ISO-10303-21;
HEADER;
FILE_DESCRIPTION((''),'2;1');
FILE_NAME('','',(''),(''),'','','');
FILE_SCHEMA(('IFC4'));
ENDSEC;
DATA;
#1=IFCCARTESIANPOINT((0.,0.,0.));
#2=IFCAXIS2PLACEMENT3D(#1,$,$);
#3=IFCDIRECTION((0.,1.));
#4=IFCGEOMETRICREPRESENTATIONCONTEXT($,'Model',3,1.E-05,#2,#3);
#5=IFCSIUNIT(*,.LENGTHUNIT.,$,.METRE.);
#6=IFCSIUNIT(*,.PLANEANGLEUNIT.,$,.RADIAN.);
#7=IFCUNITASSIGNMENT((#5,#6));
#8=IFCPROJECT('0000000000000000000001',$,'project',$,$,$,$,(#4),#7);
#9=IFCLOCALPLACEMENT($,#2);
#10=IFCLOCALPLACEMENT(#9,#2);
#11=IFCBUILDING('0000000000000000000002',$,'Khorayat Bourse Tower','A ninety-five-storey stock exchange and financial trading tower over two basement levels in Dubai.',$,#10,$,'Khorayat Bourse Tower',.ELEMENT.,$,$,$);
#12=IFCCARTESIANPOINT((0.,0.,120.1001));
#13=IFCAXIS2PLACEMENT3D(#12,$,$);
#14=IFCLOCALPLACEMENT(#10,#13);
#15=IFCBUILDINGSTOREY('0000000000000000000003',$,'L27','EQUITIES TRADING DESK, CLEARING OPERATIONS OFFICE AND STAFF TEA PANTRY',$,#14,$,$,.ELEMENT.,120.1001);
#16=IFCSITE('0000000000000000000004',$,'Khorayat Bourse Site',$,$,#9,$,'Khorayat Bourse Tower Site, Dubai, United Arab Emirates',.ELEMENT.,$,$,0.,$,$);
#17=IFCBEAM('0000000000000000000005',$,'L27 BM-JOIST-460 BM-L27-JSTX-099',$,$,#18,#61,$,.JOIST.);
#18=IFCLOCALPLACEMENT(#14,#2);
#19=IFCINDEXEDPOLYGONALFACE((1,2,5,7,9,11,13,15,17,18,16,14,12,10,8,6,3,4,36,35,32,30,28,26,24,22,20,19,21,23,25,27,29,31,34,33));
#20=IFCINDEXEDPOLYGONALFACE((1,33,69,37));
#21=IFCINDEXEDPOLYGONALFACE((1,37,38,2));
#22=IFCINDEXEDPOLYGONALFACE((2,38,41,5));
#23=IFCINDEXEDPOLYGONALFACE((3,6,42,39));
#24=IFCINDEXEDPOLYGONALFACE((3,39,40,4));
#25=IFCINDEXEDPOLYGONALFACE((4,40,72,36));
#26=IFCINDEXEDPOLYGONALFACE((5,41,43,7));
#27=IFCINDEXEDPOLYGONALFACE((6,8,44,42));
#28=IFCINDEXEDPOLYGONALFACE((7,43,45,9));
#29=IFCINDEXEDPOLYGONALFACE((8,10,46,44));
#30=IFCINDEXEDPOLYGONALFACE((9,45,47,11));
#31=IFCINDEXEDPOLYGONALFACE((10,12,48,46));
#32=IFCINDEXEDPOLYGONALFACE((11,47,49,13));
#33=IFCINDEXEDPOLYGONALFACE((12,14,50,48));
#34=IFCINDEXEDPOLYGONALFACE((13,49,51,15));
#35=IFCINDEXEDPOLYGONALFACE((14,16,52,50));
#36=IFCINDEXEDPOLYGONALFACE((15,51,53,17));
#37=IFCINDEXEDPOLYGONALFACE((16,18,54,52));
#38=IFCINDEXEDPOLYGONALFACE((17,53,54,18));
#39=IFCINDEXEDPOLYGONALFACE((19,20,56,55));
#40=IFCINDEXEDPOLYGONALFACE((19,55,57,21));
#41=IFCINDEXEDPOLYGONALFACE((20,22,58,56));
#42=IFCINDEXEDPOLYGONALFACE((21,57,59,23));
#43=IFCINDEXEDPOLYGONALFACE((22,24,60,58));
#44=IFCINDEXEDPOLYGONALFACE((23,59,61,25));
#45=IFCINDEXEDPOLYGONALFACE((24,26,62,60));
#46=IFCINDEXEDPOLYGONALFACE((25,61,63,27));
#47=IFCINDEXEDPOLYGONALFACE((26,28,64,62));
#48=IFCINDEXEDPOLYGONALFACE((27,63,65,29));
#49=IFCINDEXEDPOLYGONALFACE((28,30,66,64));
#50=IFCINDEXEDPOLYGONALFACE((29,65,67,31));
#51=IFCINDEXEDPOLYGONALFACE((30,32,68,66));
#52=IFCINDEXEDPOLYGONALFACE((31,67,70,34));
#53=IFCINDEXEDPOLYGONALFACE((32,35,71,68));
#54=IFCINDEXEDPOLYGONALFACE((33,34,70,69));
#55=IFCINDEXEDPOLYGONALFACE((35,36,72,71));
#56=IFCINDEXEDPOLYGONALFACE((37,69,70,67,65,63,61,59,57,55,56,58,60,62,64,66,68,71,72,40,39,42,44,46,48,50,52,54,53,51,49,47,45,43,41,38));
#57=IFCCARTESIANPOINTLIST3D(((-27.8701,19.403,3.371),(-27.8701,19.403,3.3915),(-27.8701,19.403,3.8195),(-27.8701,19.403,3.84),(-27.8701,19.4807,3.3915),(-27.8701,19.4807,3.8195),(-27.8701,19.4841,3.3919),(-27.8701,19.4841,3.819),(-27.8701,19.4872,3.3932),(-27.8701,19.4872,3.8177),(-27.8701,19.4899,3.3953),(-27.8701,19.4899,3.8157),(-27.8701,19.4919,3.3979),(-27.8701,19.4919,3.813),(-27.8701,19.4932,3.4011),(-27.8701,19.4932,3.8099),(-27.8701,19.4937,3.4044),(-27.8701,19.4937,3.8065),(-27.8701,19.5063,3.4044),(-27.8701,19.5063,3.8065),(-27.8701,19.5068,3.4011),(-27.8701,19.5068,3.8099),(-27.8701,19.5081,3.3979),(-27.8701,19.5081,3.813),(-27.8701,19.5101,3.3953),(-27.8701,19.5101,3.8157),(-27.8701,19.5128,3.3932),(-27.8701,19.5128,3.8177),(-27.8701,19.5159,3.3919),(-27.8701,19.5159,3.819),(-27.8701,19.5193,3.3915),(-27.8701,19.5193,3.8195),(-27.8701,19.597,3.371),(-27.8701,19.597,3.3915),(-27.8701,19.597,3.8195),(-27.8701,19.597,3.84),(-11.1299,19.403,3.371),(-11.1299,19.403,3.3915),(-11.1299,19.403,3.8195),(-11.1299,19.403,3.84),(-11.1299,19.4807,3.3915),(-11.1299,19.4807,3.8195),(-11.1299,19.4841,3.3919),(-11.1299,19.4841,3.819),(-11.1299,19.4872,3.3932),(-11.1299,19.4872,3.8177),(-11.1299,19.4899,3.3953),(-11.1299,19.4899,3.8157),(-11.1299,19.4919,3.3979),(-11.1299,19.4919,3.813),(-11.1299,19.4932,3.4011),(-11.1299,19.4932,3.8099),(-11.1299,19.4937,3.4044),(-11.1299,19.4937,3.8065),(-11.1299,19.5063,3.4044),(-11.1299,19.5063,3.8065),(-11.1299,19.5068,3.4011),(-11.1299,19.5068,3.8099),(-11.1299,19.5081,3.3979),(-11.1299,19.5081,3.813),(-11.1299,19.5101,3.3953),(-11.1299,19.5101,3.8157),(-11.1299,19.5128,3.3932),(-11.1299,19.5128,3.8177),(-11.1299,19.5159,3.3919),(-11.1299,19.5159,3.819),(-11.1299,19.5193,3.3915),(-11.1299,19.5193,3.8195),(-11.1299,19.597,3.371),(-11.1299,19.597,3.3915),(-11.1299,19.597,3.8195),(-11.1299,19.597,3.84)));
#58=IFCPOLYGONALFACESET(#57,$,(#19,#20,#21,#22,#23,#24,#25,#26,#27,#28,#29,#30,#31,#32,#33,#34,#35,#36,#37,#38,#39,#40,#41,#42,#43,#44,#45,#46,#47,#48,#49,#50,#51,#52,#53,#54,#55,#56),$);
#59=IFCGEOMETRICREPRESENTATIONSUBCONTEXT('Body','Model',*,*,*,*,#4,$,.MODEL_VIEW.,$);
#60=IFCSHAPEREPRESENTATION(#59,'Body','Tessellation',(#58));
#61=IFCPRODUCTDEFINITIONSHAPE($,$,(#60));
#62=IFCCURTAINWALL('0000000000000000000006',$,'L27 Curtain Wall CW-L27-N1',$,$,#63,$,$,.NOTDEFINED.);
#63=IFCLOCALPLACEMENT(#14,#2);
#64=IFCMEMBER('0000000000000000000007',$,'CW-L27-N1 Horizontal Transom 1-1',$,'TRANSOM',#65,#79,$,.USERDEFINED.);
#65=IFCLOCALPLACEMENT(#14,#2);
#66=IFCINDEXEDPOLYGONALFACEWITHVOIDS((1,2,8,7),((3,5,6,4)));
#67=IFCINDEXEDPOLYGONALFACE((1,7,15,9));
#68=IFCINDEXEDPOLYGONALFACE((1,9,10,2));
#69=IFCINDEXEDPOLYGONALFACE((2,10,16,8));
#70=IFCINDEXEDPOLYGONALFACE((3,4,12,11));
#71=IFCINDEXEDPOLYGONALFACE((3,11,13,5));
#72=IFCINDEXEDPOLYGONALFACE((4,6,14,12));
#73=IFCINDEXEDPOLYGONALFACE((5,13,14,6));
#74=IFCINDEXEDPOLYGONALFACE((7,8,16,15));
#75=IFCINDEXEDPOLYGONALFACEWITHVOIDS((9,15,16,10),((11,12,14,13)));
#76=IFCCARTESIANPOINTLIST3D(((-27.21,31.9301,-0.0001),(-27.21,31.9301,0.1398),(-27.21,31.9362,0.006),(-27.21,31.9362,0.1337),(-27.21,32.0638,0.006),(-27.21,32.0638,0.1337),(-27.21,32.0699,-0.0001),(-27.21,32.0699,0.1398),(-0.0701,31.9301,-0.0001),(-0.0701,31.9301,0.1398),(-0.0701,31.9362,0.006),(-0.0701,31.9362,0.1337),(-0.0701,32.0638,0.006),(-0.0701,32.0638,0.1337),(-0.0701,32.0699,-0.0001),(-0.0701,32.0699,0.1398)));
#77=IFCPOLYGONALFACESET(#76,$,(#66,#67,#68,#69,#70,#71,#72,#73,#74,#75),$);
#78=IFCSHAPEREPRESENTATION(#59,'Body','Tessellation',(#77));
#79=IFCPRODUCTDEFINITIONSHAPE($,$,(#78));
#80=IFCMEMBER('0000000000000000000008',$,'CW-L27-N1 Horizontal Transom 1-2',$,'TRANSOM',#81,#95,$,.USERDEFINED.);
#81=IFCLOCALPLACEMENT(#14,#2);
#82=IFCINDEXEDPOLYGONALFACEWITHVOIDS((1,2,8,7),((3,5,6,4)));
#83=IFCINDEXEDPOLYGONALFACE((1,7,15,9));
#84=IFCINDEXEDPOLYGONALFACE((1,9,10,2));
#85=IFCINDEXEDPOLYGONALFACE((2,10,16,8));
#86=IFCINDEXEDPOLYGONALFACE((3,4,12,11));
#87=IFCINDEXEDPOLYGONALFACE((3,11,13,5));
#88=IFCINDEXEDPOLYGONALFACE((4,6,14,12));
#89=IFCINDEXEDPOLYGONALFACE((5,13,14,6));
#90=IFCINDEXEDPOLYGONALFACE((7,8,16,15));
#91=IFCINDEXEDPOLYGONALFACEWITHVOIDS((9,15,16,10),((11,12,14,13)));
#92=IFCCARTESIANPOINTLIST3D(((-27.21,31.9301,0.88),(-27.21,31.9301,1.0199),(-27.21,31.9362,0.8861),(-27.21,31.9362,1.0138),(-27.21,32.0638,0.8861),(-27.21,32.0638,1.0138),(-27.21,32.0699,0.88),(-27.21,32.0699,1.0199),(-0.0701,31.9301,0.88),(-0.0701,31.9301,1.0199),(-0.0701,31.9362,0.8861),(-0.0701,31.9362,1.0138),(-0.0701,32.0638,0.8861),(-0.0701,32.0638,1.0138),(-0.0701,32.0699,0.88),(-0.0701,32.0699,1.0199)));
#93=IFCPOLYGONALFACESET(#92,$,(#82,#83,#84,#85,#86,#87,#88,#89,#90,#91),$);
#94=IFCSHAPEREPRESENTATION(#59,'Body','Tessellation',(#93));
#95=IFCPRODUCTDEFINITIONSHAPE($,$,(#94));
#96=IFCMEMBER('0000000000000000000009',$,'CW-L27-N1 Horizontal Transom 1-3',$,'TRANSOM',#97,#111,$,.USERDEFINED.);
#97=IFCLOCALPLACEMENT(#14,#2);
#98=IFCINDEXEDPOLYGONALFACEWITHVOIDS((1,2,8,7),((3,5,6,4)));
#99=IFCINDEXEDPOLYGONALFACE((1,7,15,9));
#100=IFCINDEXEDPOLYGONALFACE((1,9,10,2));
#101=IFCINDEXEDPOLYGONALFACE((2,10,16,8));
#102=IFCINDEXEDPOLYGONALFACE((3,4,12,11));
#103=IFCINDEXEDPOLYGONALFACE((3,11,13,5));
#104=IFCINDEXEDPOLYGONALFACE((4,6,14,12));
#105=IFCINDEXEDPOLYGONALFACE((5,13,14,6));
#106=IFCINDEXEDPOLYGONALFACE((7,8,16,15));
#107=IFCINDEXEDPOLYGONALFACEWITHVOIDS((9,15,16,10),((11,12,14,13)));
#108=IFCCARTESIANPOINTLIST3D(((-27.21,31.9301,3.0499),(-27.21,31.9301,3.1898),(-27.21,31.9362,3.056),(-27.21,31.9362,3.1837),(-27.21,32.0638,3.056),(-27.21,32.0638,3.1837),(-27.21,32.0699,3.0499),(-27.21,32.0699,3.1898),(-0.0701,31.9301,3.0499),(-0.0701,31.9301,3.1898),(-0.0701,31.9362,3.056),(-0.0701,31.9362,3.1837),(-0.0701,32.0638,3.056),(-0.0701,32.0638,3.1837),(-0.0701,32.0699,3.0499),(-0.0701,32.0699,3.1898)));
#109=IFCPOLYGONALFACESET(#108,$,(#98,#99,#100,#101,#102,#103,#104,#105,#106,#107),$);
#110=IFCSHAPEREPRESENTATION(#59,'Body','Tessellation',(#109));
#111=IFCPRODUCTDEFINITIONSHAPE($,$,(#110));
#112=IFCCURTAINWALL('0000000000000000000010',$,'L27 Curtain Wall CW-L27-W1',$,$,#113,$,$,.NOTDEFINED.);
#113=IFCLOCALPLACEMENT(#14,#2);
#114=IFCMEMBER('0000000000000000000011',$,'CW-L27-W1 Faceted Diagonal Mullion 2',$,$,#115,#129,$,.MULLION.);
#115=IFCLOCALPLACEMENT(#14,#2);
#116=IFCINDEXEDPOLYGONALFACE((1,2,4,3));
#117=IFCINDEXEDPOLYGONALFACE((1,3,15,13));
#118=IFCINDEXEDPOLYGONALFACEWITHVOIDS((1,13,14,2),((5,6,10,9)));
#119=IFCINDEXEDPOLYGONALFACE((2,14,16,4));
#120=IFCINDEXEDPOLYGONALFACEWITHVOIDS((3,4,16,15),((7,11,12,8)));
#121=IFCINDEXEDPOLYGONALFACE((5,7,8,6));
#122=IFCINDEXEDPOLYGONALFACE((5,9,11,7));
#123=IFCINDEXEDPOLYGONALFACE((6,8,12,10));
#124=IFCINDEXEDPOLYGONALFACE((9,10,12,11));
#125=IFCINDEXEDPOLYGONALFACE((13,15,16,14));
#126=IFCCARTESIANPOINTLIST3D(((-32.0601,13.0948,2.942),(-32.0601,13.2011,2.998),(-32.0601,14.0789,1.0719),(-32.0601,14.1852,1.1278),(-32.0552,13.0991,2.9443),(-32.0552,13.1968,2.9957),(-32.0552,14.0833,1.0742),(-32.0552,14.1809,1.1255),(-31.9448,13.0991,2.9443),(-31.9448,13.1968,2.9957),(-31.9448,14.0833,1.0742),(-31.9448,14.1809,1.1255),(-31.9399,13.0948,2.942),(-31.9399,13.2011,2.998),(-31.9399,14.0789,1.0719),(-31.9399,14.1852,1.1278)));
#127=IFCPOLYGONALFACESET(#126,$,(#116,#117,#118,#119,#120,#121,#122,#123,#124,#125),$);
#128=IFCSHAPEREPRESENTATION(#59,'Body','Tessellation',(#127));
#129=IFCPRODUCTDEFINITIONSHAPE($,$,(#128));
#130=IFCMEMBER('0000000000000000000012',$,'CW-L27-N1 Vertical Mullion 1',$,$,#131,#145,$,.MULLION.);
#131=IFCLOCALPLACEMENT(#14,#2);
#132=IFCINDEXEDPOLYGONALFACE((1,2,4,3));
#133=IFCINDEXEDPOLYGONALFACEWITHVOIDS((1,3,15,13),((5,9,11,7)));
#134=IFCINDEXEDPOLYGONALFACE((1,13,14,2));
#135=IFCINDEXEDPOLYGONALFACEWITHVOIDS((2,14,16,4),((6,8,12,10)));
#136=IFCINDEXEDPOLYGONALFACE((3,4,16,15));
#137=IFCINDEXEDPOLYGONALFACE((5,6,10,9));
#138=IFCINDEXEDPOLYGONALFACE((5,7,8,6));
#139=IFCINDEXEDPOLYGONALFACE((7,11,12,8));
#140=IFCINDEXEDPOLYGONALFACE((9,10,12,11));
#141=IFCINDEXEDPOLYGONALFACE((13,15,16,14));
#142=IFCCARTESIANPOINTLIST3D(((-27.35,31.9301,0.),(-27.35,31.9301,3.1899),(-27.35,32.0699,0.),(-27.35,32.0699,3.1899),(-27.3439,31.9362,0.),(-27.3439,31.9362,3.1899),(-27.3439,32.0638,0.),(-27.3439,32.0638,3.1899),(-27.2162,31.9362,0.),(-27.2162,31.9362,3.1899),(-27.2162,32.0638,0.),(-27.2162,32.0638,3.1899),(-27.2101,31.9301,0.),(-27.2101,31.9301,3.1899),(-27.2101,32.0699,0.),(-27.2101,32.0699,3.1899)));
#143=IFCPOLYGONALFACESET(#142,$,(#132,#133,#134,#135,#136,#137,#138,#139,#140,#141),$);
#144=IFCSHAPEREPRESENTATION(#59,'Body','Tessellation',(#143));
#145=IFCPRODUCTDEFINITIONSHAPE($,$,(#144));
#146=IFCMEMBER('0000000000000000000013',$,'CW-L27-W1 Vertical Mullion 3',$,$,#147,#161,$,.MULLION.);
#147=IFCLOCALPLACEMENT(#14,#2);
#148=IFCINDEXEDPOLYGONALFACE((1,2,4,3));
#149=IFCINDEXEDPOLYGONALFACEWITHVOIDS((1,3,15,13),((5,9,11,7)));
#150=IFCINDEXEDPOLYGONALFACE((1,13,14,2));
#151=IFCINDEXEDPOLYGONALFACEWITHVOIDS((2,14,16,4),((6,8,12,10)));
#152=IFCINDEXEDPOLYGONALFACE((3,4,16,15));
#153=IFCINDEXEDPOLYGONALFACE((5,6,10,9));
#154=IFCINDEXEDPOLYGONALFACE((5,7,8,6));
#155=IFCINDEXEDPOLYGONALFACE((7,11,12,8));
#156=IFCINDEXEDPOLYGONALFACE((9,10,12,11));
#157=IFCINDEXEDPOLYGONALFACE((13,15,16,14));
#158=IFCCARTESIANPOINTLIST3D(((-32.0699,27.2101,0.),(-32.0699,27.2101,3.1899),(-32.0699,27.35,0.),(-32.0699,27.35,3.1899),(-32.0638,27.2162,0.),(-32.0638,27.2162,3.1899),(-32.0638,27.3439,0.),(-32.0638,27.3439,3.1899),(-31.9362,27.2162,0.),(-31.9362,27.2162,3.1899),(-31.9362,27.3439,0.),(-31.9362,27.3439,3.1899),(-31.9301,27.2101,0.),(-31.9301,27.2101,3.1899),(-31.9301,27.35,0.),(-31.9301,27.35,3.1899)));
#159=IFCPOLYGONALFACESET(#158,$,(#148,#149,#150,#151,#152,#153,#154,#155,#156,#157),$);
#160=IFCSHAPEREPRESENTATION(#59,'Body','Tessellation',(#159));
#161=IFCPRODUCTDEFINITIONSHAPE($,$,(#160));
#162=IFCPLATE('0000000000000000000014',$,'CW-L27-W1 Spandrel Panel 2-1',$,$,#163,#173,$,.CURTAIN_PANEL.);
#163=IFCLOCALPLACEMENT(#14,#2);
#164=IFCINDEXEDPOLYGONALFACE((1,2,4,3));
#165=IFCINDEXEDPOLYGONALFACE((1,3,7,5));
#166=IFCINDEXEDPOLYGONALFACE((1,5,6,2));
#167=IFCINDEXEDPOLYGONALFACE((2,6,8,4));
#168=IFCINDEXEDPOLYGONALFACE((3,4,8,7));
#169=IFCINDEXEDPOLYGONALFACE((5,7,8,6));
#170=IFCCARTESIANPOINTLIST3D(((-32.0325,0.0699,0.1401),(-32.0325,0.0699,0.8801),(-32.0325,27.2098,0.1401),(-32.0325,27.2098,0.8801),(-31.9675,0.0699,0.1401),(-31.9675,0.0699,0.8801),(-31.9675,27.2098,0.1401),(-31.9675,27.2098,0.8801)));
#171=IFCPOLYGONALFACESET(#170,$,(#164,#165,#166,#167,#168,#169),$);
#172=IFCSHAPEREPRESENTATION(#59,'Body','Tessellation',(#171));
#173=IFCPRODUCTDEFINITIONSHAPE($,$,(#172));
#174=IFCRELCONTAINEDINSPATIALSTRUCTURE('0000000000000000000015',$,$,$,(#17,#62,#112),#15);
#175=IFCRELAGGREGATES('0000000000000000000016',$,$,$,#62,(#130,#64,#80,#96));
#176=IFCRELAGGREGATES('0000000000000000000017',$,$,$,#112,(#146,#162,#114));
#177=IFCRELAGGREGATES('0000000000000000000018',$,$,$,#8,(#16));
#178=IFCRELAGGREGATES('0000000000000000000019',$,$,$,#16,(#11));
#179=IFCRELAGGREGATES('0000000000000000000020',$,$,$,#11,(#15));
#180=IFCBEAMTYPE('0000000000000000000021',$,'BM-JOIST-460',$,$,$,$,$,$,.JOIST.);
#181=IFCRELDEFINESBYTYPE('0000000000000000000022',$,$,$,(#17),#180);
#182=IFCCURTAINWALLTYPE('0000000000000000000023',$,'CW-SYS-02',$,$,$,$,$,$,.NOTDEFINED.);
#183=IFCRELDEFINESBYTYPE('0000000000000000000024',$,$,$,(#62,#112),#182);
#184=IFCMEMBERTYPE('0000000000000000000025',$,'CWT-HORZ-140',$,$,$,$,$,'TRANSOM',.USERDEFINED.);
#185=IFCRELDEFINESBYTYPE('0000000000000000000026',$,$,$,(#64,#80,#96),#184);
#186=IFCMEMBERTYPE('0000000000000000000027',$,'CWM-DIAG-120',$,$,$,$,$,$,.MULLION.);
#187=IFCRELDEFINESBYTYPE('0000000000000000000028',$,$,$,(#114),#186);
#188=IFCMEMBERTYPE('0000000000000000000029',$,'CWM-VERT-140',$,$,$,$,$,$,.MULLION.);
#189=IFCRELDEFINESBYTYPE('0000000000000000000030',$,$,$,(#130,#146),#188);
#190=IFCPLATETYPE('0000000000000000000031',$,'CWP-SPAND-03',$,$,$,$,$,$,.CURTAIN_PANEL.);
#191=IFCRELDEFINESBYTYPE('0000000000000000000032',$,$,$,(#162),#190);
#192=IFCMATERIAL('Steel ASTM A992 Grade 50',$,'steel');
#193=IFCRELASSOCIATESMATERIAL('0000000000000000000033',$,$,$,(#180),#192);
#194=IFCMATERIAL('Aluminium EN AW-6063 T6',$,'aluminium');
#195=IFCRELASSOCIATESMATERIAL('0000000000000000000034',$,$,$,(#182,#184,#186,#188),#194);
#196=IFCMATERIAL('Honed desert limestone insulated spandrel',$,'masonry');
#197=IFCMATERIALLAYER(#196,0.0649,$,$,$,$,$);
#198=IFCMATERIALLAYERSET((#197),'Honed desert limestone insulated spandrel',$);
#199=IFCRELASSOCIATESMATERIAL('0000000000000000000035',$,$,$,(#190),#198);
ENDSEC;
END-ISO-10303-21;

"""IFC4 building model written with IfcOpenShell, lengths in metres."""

from ifc_helpers import new_model, si_unit, direction, frame, origin, origin_2d, place, context, subcontext, project, spatial, rectangle, hollow_rectangle, i_section, extrude, source, transform, mapped, material, layer, layer_set, material_profile, profile_set, type_object, element, aggregate, save


model = new_model("IFC4")

# Units and contexts
model_context = context("Model", 3, precision=1e-05, world=origin(), true_north=direction((0.0, 1.0)))
body_context = subcontext(model_context, "Body", "Model", "MODEL_VIEW")
ifc_project = project(units=[si_unit("LENGTHUNIT", "METRE"), si_unit("PLANEANGLEUNIT", "RADIAN")], contexts=[model_context])

# Site, building, storey
site_placement = place(None, origin())
site = spatial("IfcSite", under=ifc_project, at=site_placement, Name="Khorayat Bourse Site", LongName="Khorayat Bourse Tower Site, Dubai, United Arab Emirates", CompositionType="ELEMENT", RefElevation=0.0)
building_placement = place(site_placement, origin())
building = spatial("IfcBuilding", under=site, at=building_placement, Name="Khorayat Bourse Tower", Description="A ninety-five-storey stock exchange and financial trading tower over two basement levels in Dubai.", LongName="Khorayat Bourse Tower", CompositionType="ELEMENT")
storey_placement = place(building_placement, frame((0.0, 0.0, 120.1001)))
storey = spatial("IfcBuildingStorey", under=building, at=storey_placement, Name="L27", Description="EQUITIES TRADING DESK, CLEARING OPERATIONS OFFICE AND STAFF TEA PANTRY", CompositionType="ELEMENT", Elevation=120.1001)

# Beam
ifc_material_1 = material(Name="Steel ASTM A992 Grade 50", Category="steel")
ifc_material_profile_1 = material_profile(ifc_material_1, i_section(OverallWidth=0.1941, OverallDepth=0.469, WebThickness=0.0127, FlangeThickness=0.0205, FilletRadius=0.0129, at=origin_2d()), Name="W460X106")
ifc_profile_set_1 = profile_set([ifc_material_profile_1], Name="Steel ASTM A992 Grade 50")
beam_type_1 = type_object("IfcBeamType", Name="BM-JOIST-460", PredefinedType="JOIST", material=ifc_profile_set_1)
shared_shape_1 = source(origin(), body_context, "Body", "SweptSolid", [
    extrude(i_section(OverallWidth=0.1941, OverallDepth=0.469, WebThickness=0.0127, FlangeThickness=0.0205, FilletRadius=0.0129, at=origin_2d()), origin(), (0.0, 0.0, 1.0), 16.7402),
])
beam_1_placement = place(storey_placement, frame((-27.8701, 19.5, 3.6055), z_axis=(1.0, 0.0, 0.0), x_axis=(0.0, 1.0, 0.0)))
element("IfcBeam", 1, at=beam_1_placement, inside=storey, type_object=beam_type_1, Name="L27 BM-JOIST-460 BM-L27-JSTX-099", PredefinedType="JOIST", context=body_context, shape_type="MappedRepresentation", body=[
    mapped(shared_shape_1, transform((0.0, 0.0, 0.0), scale=1.0)),
])

# Curtain wall, members
ifc_material_2 = material(Name="Aluminium EN AW-6063 T6", Category="aluminium")
curtain_wall_type = type_object("IfcCurtainWallType", Name="CW-SYS-02", PredefinedType="NOTDEFINED", material=ifc_material_2)
curtain_wall_1_placement = place(storey_placement, origin())
curtain_wall_1 = element("IfcCurtainWall", 2, at=curtain_wall_1_placement, inside=storey, type_object=curtain_wall_type, Name="L27 Curtain Wall CW-L27-N1", PredefinedType="NOTDEFINED")
ifc_material_profile_2 = material_profile(ifc_material_2, hollow_rectangle(XDim=0.1399, YDim=0.1399, WallThickness=0.0061, at=origin_2d()), Name="ALU 140x140x6")
ifc_profile_set_2 = profile_set([ifc_material_profile_2], Name="Aluminium EN AW-6063 T6")
member_type_1 = type_object("IfcMemberType", Name="CWT-HORZ-140", ElementType="TRANSOM", PredefinedType="USERDEFINED", material=ifc_profile_set_2)
shared_shape_2 = source(origin(), body_context, "Body", "SweptSolid", [
    extrude(hollow_rectangle(XDim=0.1399, YDim=0.1399, WallThickness=0.0061, at=origin_2d()), origin(), (0.0, 0.0, 1.0), 27.1399),
])
member_1_placement = place(storey_placement, frame((-27.21, 32.0, 0.0698), z_axis=(1.0, 0.0, 0.0), x_axis=(0.0, 1.0, 0.0)))
member_1 = element("IfcMember", 3, at=member_1_placement, type_object=member_type_1, Name="CW-L27-N1 Horizontal Transom 1-1", ObjectType="TRANSOM", PredefinedType="USERDEFINED", context=body_context, shape_type="MappedRepresentation", body=[
    mapped(shared_shape_2, transform((0.0, 0.0, 0.0), scale=1.0)),
])
member_2_placement = place(storey_placement, frame((-27.21, 32.0, 0.95), z_axis=(1.0, 0.0, 0.0), x_axis=(0.0, 1.0, 0.0)))
member_2 = element("IfcMember", 4, at=member_2_placement, type_object=member_type_1, Name="CW-L27-N1 Horizontal Transom 1-2", ObjectType="TRANSOM", PredefinedType="USERDEFINED", context=body_context, shape_type="MappedRepresentation", body=[
    mapped(shared_shape_2, transform((0.0, 0.0, 0.0), scale=1.0)),
])
member_3_placement = place(storey_placement, frame((-27.21, 32.0, 3.1199), z_axis=(1.0, 0.0, 0.0), x_axis=(0.0, 1.0, 0.0)))
member_3 = element("IfcMember", 5, at=member_3_placement, type_object=member_type_1, Name="CW-L27-N1 Horizontal Transom 1-3", ObjectType="TRANSOM", PredefinedType="USERDEFINED", context=body_context, shape_type="MappedRepresentation", body=[
    mapped(shared_shape_2, transform((0.0, 0.0, 0.0), scale=1.0)),
])

# Curtain wall, member
curtain_wall_2_placement = place(storey_placement, origin())
curtain_wall_2 = element("IfcCurtainWall", 6, at=curtain_wall_2_placement, inside=storey, type_object=curtain_wall_type, Name="L27 Curtain Wall CW-L27-W1", PredefinedType="NOTDEFINED")
ifc_material_profile_3 = material_profile(ifc_material_2, hollow_rectangle(XDim=0.1201, YDim=0.1201, WallThickness=0.0049, at=origin_2d()), Name="ALU 120x120x5")
ifc_profile_set_3 = profile_set([ifc_material_profile_3], Name="Aluminium EN AW-6063 T6")
member_type_2 = type_object("IfcMemberType", Name="CWM-DIAG-120", PredefinedType="MULLION", material=ifc_profile_set_3)
shared_shape_3 = source(origin(), body_context, "Body", "SweptSolid", [
    extrude(hollow_rectangle(XDim=0.1201, YDim=0.1201, WallThickness=0.0049, at=origin_2d()), origin(), (0.0, 0.0, 1.0), 2.1133),
])
member_4_placement = place(storey_placement, frame((-32.0, 14.1321, 1.0999), z_axis=(0.0, -0.465694, 0.884946), x_axis=(1.0, 0.0, 0.0)))
member_4 = element("IfcMember", 7, at=member_4_placement, type_object=member_type_2, Name="CW-L27-W1 Faceted Diagonal Mullion 2", PredefinedType="MULLION", context=body_context, shape_type="MappedRepresentation", body=[
    mapped(shared_shape_3, transform((0.0, 0.0, 0.0), scale=1.0)),
])

# Members
ifc_material_profile_4 = material_profile(ifc_material_2, hollow_rectangle(XDim=0.1399, YDim=0.1399, WallThickness=0.0061, at=origin_2d()), Name="ALU 140x140x6")
ifc_profile_set_4 = profile_set([ifc_material_profile_4], Name="Aluminium EN AW-6063 T6")
member_type_3 = type_object("IfcMemberType", Name="CWM-VERT-140", PredefinedType="MULLION", material=ifc_profile_set_4)
shared_shape_4 = source(origin(), body_context, "Body", "SweptSolid", [
    extrude(hollow_rectangle(XDim=0.1399, YDim=0.1399, WallThickness=0.0061, at=origin_2d()), origin(), (0.0, 0.0, 1.0), 3.1899),
])
member_5_placement = place(storey_placement, frame((-27.28, 32.0, 0.0), z_axis=(0.0, 0.0, 1.0), x_axis=(0.0, 1.0, 0.0)))
member_5 = element("IfcMember", 8, at=member_5_placement, type_object=member_type_3, Name="CW-L27-N1 Vertical Mullion 1", PredefinedType="MULLION", context=body_context, shape_type="MappedRepresentation", body=[
    mapped(shared_shape_4, transform((0.0, 0.0, 0.0), scale=1.0)),
])
aggregate(curtain_wall_1, [member_5, member_1, member_2, member_3])
member_6_placement = place(storey_placement, frame((-32.0, 27.28, 0.0), z_axis=(0.0, 0.0, 1.0), x_axis=(-1.0, 0.0, 0.0)))
member_6 = element("IfcMember", 9, at=member_6_placement, type_object=member_type_3, Name="CW-L27-W1 Vertical Mullion 3", PredefinedType="MULLION", context=body_context, shape_type="MappedRepresentation", body=[
    mapped(shared_shape_4, transform((0.0, 0.0, 0.0), scale=1.0)),
])

# Plate
ifc_material_3 = material(Name="Honed desert limestone insulated spandrel", Category="masonry")
ifc_layer_1 = layer(ifc_material_3, 0.0649)
ifc_layer_set_1 = layer_set([ifc_layer_1], Name="Honed desert limestone insulated spandrel")
plate_type_1 = type_object("IfcPlateType", Name="CWP-SPAND-03", PredefinedType="CURTAIN_PANEL", material=ifc_layer_set_1)
shared_shape_5 = source(origin(), body_context, "Body", "SweptSolid", [
    extrude(rectangle(XDim=27.1399, YDim=0.0649, at=origin_2d()), origin(), (0.0, 0.0, 1.0), 0.74),
])
plate_1_placement = place(storey_placement, frame((-32.0, 13.6399, 0.1401), z_axis=(0.0, 0.0, 1.0), x_axis=(0.0, 1.0, 0.0)))
plate_1 = element("IfcPlate", 10, at=plate_1_placement, type_object=plate_type_1, Name="CW-L27-W1 Spandrel Panel 2-1", PredefinedType="CURTAIN_PANEL", context=body_context, shape_type="MappedRepresentation", body=[
    mapped(shared_shape_5, transform((0.0, 0.0, 0.0), scale=1.0)),
])
aggregate(curtain_wall_2, [member_6, plate_1, member_4])

save(model, "model.ifc")
